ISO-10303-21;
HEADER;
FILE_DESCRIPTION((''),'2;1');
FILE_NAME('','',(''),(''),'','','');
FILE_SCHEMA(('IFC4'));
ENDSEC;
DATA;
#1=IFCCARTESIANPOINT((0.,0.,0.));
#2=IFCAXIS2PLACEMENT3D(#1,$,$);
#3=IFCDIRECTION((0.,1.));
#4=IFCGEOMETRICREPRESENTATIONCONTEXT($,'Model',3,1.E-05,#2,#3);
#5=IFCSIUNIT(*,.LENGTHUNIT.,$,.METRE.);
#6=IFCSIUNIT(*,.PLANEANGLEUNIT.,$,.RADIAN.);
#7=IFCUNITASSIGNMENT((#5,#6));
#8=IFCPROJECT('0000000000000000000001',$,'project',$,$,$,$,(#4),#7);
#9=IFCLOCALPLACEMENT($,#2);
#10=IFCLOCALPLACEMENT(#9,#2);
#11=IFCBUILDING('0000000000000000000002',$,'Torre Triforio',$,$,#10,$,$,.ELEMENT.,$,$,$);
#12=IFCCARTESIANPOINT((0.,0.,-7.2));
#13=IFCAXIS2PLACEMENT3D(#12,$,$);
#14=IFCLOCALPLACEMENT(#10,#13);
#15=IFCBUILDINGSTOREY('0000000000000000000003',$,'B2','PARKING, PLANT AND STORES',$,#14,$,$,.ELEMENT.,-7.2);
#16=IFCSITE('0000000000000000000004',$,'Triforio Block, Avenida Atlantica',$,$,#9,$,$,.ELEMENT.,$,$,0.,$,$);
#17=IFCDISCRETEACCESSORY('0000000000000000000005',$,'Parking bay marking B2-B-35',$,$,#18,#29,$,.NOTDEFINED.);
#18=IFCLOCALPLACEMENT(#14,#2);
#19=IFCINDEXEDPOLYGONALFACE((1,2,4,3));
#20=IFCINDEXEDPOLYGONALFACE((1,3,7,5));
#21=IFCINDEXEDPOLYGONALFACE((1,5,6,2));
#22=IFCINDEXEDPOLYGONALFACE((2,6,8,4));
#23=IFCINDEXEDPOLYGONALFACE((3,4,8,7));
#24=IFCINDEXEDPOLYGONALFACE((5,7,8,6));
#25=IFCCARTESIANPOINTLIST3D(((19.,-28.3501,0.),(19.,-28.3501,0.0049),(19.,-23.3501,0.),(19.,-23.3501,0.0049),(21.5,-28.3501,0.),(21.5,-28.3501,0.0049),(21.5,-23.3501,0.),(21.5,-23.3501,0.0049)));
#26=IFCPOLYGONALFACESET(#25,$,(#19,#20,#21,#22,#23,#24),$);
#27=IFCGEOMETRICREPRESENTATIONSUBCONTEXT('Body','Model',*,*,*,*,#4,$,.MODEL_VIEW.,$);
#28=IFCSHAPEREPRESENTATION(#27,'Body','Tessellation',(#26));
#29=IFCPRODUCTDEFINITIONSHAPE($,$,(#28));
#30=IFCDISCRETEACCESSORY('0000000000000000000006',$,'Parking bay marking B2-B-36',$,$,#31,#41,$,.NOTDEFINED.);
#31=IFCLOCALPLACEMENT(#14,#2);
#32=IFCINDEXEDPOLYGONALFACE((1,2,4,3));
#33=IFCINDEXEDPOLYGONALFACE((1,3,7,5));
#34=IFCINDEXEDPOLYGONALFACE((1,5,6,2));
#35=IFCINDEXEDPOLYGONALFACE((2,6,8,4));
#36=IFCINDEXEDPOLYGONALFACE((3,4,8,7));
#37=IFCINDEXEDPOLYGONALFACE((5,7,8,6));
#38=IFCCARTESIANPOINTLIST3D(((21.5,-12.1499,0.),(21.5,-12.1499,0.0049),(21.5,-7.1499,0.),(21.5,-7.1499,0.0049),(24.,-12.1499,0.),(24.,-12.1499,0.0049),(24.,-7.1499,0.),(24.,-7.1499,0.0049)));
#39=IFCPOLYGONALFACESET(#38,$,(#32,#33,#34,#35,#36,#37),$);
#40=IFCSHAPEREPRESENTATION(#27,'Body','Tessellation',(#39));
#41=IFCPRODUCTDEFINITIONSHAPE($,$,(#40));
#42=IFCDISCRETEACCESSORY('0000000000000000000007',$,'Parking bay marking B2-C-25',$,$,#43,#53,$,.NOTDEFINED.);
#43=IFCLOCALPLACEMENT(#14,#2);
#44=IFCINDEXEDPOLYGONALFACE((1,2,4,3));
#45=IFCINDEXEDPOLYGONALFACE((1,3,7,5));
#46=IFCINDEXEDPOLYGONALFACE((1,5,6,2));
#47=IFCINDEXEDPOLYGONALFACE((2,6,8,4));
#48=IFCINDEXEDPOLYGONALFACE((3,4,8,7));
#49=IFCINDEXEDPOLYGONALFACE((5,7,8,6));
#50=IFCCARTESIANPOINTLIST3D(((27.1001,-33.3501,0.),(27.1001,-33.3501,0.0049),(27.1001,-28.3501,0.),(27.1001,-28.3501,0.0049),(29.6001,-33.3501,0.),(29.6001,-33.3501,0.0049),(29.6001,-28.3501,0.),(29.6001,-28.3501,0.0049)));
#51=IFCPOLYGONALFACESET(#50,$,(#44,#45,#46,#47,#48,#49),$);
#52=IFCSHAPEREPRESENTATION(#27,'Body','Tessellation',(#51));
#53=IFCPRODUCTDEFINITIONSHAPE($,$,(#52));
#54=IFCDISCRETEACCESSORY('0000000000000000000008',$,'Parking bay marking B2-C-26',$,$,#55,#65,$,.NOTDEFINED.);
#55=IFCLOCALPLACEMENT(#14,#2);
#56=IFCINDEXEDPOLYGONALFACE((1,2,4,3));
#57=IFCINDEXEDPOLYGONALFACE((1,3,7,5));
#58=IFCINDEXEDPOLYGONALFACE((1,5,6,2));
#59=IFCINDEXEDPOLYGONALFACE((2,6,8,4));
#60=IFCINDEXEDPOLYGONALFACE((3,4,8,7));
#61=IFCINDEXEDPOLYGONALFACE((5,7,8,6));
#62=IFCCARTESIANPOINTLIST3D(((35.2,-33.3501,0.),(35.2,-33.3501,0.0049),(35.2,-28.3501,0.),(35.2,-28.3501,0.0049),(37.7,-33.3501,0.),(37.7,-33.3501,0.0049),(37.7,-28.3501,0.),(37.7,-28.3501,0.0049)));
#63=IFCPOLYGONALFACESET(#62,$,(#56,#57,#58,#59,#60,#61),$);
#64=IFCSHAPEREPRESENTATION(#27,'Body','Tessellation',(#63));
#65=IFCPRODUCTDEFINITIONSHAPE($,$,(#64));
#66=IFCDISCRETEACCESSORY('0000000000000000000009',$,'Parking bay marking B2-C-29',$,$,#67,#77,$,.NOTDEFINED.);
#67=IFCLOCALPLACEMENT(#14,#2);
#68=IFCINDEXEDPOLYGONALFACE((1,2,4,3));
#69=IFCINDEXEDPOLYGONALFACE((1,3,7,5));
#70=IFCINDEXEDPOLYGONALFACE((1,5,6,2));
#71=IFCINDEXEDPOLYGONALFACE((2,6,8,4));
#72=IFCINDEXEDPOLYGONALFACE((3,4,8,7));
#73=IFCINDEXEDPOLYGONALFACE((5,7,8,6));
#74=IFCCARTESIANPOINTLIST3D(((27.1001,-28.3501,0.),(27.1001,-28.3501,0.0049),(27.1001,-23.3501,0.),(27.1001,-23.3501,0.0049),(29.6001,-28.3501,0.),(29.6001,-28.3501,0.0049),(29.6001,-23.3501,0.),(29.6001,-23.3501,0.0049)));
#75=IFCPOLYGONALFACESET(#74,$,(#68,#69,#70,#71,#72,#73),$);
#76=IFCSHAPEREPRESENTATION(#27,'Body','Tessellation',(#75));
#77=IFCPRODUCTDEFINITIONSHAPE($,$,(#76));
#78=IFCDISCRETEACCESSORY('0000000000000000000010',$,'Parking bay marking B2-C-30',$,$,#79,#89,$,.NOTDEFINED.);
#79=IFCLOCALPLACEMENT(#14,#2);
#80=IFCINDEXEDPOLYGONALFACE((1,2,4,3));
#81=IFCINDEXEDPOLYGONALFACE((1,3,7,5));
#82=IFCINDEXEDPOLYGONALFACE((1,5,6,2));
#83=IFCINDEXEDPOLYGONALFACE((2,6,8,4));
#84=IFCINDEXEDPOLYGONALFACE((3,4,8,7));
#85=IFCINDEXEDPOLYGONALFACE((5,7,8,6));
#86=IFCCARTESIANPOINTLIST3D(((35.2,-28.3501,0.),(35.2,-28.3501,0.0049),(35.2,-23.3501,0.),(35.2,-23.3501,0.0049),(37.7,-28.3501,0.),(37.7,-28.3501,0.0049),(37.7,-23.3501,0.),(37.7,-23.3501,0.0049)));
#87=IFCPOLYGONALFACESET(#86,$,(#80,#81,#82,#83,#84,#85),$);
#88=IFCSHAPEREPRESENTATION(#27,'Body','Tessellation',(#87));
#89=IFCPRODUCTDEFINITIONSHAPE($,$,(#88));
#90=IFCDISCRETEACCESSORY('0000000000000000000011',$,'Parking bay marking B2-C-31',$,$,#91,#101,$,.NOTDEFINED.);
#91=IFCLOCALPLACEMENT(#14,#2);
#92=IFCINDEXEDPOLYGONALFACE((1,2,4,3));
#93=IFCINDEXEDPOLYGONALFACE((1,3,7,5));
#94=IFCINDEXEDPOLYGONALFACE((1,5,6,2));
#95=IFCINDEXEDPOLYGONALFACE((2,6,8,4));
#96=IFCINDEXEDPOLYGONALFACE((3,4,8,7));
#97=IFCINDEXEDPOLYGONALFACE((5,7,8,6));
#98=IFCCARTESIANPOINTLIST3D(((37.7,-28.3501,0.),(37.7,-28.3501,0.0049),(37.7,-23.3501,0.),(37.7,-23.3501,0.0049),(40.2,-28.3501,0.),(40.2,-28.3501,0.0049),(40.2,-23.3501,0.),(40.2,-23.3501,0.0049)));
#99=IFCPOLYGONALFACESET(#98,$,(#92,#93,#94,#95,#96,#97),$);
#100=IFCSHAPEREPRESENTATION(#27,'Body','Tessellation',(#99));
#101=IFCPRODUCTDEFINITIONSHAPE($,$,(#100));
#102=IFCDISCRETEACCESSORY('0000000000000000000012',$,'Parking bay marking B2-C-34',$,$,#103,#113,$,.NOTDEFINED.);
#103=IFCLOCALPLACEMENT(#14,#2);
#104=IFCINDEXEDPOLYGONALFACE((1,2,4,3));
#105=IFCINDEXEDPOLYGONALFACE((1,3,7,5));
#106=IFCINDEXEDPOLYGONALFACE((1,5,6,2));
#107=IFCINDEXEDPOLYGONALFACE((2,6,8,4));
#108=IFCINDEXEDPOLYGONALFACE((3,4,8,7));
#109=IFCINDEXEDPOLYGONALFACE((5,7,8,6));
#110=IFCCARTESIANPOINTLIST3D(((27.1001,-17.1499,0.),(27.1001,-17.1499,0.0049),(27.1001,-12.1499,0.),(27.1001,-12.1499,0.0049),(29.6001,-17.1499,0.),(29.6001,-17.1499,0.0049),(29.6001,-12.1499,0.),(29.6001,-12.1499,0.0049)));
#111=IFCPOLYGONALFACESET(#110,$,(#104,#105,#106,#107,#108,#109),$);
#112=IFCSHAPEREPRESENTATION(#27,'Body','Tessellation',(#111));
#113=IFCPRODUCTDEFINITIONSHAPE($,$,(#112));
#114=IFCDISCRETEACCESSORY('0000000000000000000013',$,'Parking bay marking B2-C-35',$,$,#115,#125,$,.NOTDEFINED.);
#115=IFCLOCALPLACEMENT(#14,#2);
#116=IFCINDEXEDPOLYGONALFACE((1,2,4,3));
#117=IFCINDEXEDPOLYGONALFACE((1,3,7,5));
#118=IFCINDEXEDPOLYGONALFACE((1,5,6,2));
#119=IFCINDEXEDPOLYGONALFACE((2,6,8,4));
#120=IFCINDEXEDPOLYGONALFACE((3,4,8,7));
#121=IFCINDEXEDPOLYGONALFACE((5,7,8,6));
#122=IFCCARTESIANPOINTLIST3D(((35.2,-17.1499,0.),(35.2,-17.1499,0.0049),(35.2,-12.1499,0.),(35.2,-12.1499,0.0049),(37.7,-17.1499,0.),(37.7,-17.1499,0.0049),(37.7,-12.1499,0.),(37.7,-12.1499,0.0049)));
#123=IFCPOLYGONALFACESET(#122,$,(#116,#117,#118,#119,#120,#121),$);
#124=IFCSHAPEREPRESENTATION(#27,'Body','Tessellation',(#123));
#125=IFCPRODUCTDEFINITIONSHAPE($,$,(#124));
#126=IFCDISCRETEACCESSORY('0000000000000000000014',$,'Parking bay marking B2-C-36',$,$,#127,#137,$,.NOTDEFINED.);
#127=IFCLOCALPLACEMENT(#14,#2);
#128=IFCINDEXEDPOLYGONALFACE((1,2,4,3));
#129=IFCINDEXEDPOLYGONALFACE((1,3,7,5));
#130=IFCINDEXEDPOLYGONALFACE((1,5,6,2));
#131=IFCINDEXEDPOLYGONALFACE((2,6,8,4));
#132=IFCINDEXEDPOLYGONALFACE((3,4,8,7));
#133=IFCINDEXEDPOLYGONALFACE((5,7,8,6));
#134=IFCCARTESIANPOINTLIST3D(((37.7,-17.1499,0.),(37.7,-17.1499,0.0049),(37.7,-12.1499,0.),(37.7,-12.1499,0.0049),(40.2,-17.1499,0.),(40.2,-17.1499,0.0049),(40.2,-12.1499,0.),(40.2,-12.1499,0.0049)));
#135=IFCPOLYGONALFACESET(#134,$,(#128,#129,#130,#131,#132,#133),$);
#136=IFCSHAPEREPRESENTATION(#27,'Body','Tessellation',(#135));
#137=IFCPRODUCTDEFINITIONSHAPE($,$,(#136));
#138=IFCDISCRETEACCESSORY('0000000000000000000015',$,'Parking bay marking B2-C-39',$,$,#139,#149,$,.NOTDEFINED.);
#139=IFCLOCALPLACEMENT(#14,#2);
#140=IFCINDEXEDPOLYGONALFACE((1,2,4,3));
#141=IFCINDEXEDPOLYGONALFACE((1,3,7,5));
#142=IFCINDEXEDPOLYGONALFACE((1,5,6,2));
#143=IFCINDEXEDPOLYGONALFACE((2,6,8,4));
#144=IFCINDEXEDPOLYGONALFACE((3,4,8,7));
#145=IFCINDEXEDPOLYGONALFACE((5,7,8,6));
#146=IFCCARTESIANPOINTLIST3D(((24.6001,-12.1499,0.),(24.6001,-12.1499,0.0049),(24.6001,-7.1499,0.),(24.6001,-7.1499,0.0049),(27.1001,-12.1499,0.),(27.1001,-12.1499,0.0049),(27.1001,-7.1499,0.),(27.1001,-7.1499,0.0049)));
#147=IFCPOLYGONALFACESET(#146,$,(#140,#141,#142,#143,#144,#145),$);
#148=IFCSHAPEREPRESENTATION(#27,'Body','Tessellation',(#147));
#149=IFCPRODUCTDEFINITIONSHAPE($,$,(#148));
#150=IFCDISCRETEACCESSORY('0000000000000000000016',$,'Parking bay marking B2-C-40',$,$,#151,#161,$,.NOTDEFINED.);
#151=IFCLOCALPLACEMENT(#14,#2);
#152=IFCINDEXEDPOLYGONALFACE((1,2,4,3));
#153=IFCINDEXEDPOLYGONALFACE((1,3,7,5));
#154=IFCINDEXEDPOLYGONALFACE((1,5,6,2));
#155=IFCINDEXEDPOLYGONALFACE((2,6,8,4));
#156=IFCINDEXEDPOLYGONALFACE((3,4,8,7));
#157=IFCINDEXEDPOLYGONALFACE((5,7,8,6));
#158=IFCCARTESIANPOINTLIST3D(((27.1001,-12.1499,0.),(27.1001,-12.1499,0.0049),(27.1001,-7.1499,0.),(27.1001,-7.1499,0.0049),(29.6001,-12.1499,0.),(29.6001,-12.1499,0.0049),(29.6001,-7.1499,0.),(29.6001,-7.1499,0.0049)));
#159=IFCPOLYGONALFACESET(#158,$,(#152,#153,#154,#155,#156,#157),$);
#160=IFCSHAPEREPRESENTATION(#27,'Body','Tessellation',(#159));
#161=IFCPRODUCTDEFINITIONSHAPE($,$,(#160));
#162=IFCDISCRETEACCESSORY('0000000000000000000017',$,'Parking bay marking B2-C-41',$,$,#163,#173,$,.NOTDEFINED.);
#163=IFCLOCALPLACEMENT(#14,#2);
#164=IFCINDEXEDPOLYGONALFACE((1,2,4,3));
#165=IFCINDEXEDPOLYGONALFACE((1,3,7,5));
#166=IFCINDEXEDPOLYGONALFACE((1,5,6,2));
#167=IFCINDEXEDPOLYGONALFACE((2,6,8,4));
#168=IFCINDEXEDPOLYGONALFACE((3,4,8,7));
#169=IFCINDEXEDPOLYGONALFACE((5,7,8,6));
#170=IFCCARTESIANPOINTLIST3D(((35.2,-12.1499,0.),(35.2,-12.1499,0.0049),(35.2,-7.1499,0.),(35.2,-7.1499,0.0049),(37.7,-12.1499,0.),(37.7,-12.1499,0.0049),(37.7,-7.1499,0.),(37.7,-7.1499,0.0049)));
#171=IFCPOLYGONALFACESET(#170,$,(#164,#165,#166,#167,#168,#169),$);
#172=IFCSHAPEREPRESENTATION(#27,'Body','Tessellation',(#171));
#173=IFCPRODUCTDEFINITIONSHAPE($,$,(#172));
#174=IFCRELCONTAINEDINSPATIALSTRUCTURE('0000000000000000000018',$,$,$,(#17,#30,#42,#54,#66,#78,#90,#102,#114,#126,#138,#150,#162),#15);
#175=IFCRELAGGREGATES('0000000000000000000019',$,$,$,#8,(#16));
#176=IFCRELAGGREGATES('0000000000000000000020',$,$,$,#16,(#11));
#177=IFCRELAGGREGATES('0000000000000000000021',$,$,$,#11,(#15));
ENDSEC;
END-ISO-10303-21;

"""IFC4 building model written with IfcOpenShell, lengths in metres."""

from ifc_helpers import new_model, si_unit, direction, frame, origin, origin_2d, place, context, subcontext, project, spatial, rectangle, extrude, element, save


model = new_model("IFC4")

# Units and contexts
model_context = context("Model", 3, precision=1e-05, world=origin(), true_north=direction((0.0, 1.0)))
body_context = subcontext(model_context, "Body", "Model", "MODEL_VIEW")
ifc_project = project(units=[si_unit("LENGTHUNIT", "METRE"), si_unit("PLANEANGLEUNIT", "RADIAN")], contexts=[model_context])

# Site, building, storey
site_placement = place(None, origin())
site = spatial("IfcSite", under=ifc_project, at=site_placement, Name="Triforio Block, Avenida Atlantica", CompositionType="ELEMENT", RefElevation=0.0)
building_placement = place(site_placement, origin())
building = spatial("IfcBuilding", under=site, at=building_placement, Name="Torre Triforio", CompositionType="ELEMENT")
storey_placement = place(building_placement, frame((0.0, 0.0, -7.2)))
storey = spatial("IfcBuildingStorey", under=building, at=storey_placement, Name="B2", Description="PARKING, PLANT AND STORES", CompositionType="ELEMENT", Elevation=-7.2)

# Discrete accessories
for number, where, z_axis, x_axis, name in (
    (1, (20.25, -25.8501, 0.0), (0.0, 0.0, 1.0), (1.0, 0.0, 0.0), "Parking bay marking B2-B-35"),
    (2, (22.75, -9.6499, 0.0), (0.0, 0.0, 1.0), (1.0, 0.0, 0.0), "Parking bay marking B2-B-36"),
    (3, (28.3501, -30.8501, 0.0), (0.0, 0.0, 1.0), (1.0, 0.0, 0.0), "Parking bay marking B2-C-25"),
    (4, (36.45, -30.8501, 0.0), (0.0, 0.0, 1.0), (1.0, 0.0, 0.0), "Parking bay marking B2-C-26"),
    (5, (28.3501, -25.8501, 0.0), (0.0, 0.0, 1.0), (1.0, 0.0, 0.0), "Parking bay marking B2-C-29"),
    (6, (36.45, -25.8501, 0.0), (0.0, 0.0, 1.0), (1.0, 0.0, 0.0), "Parking bay marking B2-C-30"),
    (7, (38.95, -25.8501, 0.0), (0.0, 0.0, 1.0), (1.0, 0.0, 0.0), "Parking bay marking B2-C-31"),
    (8, (28.3501, -14.6499, 0.0), (0.0, 0.0, 1.0), (1.0, 0.0, 0.0), "Parking bay marking B2-C-34"),
    (9, (36.45, -14.6499, 0.0), (0.0, 0.0, 1.0), (1.0, 0.0, 0.0), "Parking bay marking B2-C-35"),
    (10, (38.95, -14.6499, 0.0), (0.0, 0.0, 1.0), (1.0, 0.0, 0.0), "Parking bay marking B2-C-36"),
    (11, (25.8501, -9.6499, 0.0), (0.0, 0.0, 1.0), (1.0, 0.0, 0.0), "Parking bay marking B2-C-39"),
    (12, (28.3501, -9.6499, 0.0), (0.0, 0.0, 1.0), (1.0, 0.0, 0.0), "Parking bay marking B2-C-40"),
    (13, (36.45, -9.6499, 0.0), (0.0, 0.0, 1.0), (1.0, 0.0, 0.0), "Parking bay marking B2-C-41"),
):
    element("IfcDiscreteAccessory", number, at=place(storey_placement, frame(where, z_axis=z_axis, x_axis=x_axis)), inside=storey, Name=name, PredefinedType="NOTDEFINED", context=body_context, shape_type="SweptSolid", body=[
        extrude(rectangle(XDim=2.5, YDim=5.0, at=origin_2d()), origin(), (0.0, 0.0, 1.0), 0.0049),
    ])

save(model, "model.ifc")
